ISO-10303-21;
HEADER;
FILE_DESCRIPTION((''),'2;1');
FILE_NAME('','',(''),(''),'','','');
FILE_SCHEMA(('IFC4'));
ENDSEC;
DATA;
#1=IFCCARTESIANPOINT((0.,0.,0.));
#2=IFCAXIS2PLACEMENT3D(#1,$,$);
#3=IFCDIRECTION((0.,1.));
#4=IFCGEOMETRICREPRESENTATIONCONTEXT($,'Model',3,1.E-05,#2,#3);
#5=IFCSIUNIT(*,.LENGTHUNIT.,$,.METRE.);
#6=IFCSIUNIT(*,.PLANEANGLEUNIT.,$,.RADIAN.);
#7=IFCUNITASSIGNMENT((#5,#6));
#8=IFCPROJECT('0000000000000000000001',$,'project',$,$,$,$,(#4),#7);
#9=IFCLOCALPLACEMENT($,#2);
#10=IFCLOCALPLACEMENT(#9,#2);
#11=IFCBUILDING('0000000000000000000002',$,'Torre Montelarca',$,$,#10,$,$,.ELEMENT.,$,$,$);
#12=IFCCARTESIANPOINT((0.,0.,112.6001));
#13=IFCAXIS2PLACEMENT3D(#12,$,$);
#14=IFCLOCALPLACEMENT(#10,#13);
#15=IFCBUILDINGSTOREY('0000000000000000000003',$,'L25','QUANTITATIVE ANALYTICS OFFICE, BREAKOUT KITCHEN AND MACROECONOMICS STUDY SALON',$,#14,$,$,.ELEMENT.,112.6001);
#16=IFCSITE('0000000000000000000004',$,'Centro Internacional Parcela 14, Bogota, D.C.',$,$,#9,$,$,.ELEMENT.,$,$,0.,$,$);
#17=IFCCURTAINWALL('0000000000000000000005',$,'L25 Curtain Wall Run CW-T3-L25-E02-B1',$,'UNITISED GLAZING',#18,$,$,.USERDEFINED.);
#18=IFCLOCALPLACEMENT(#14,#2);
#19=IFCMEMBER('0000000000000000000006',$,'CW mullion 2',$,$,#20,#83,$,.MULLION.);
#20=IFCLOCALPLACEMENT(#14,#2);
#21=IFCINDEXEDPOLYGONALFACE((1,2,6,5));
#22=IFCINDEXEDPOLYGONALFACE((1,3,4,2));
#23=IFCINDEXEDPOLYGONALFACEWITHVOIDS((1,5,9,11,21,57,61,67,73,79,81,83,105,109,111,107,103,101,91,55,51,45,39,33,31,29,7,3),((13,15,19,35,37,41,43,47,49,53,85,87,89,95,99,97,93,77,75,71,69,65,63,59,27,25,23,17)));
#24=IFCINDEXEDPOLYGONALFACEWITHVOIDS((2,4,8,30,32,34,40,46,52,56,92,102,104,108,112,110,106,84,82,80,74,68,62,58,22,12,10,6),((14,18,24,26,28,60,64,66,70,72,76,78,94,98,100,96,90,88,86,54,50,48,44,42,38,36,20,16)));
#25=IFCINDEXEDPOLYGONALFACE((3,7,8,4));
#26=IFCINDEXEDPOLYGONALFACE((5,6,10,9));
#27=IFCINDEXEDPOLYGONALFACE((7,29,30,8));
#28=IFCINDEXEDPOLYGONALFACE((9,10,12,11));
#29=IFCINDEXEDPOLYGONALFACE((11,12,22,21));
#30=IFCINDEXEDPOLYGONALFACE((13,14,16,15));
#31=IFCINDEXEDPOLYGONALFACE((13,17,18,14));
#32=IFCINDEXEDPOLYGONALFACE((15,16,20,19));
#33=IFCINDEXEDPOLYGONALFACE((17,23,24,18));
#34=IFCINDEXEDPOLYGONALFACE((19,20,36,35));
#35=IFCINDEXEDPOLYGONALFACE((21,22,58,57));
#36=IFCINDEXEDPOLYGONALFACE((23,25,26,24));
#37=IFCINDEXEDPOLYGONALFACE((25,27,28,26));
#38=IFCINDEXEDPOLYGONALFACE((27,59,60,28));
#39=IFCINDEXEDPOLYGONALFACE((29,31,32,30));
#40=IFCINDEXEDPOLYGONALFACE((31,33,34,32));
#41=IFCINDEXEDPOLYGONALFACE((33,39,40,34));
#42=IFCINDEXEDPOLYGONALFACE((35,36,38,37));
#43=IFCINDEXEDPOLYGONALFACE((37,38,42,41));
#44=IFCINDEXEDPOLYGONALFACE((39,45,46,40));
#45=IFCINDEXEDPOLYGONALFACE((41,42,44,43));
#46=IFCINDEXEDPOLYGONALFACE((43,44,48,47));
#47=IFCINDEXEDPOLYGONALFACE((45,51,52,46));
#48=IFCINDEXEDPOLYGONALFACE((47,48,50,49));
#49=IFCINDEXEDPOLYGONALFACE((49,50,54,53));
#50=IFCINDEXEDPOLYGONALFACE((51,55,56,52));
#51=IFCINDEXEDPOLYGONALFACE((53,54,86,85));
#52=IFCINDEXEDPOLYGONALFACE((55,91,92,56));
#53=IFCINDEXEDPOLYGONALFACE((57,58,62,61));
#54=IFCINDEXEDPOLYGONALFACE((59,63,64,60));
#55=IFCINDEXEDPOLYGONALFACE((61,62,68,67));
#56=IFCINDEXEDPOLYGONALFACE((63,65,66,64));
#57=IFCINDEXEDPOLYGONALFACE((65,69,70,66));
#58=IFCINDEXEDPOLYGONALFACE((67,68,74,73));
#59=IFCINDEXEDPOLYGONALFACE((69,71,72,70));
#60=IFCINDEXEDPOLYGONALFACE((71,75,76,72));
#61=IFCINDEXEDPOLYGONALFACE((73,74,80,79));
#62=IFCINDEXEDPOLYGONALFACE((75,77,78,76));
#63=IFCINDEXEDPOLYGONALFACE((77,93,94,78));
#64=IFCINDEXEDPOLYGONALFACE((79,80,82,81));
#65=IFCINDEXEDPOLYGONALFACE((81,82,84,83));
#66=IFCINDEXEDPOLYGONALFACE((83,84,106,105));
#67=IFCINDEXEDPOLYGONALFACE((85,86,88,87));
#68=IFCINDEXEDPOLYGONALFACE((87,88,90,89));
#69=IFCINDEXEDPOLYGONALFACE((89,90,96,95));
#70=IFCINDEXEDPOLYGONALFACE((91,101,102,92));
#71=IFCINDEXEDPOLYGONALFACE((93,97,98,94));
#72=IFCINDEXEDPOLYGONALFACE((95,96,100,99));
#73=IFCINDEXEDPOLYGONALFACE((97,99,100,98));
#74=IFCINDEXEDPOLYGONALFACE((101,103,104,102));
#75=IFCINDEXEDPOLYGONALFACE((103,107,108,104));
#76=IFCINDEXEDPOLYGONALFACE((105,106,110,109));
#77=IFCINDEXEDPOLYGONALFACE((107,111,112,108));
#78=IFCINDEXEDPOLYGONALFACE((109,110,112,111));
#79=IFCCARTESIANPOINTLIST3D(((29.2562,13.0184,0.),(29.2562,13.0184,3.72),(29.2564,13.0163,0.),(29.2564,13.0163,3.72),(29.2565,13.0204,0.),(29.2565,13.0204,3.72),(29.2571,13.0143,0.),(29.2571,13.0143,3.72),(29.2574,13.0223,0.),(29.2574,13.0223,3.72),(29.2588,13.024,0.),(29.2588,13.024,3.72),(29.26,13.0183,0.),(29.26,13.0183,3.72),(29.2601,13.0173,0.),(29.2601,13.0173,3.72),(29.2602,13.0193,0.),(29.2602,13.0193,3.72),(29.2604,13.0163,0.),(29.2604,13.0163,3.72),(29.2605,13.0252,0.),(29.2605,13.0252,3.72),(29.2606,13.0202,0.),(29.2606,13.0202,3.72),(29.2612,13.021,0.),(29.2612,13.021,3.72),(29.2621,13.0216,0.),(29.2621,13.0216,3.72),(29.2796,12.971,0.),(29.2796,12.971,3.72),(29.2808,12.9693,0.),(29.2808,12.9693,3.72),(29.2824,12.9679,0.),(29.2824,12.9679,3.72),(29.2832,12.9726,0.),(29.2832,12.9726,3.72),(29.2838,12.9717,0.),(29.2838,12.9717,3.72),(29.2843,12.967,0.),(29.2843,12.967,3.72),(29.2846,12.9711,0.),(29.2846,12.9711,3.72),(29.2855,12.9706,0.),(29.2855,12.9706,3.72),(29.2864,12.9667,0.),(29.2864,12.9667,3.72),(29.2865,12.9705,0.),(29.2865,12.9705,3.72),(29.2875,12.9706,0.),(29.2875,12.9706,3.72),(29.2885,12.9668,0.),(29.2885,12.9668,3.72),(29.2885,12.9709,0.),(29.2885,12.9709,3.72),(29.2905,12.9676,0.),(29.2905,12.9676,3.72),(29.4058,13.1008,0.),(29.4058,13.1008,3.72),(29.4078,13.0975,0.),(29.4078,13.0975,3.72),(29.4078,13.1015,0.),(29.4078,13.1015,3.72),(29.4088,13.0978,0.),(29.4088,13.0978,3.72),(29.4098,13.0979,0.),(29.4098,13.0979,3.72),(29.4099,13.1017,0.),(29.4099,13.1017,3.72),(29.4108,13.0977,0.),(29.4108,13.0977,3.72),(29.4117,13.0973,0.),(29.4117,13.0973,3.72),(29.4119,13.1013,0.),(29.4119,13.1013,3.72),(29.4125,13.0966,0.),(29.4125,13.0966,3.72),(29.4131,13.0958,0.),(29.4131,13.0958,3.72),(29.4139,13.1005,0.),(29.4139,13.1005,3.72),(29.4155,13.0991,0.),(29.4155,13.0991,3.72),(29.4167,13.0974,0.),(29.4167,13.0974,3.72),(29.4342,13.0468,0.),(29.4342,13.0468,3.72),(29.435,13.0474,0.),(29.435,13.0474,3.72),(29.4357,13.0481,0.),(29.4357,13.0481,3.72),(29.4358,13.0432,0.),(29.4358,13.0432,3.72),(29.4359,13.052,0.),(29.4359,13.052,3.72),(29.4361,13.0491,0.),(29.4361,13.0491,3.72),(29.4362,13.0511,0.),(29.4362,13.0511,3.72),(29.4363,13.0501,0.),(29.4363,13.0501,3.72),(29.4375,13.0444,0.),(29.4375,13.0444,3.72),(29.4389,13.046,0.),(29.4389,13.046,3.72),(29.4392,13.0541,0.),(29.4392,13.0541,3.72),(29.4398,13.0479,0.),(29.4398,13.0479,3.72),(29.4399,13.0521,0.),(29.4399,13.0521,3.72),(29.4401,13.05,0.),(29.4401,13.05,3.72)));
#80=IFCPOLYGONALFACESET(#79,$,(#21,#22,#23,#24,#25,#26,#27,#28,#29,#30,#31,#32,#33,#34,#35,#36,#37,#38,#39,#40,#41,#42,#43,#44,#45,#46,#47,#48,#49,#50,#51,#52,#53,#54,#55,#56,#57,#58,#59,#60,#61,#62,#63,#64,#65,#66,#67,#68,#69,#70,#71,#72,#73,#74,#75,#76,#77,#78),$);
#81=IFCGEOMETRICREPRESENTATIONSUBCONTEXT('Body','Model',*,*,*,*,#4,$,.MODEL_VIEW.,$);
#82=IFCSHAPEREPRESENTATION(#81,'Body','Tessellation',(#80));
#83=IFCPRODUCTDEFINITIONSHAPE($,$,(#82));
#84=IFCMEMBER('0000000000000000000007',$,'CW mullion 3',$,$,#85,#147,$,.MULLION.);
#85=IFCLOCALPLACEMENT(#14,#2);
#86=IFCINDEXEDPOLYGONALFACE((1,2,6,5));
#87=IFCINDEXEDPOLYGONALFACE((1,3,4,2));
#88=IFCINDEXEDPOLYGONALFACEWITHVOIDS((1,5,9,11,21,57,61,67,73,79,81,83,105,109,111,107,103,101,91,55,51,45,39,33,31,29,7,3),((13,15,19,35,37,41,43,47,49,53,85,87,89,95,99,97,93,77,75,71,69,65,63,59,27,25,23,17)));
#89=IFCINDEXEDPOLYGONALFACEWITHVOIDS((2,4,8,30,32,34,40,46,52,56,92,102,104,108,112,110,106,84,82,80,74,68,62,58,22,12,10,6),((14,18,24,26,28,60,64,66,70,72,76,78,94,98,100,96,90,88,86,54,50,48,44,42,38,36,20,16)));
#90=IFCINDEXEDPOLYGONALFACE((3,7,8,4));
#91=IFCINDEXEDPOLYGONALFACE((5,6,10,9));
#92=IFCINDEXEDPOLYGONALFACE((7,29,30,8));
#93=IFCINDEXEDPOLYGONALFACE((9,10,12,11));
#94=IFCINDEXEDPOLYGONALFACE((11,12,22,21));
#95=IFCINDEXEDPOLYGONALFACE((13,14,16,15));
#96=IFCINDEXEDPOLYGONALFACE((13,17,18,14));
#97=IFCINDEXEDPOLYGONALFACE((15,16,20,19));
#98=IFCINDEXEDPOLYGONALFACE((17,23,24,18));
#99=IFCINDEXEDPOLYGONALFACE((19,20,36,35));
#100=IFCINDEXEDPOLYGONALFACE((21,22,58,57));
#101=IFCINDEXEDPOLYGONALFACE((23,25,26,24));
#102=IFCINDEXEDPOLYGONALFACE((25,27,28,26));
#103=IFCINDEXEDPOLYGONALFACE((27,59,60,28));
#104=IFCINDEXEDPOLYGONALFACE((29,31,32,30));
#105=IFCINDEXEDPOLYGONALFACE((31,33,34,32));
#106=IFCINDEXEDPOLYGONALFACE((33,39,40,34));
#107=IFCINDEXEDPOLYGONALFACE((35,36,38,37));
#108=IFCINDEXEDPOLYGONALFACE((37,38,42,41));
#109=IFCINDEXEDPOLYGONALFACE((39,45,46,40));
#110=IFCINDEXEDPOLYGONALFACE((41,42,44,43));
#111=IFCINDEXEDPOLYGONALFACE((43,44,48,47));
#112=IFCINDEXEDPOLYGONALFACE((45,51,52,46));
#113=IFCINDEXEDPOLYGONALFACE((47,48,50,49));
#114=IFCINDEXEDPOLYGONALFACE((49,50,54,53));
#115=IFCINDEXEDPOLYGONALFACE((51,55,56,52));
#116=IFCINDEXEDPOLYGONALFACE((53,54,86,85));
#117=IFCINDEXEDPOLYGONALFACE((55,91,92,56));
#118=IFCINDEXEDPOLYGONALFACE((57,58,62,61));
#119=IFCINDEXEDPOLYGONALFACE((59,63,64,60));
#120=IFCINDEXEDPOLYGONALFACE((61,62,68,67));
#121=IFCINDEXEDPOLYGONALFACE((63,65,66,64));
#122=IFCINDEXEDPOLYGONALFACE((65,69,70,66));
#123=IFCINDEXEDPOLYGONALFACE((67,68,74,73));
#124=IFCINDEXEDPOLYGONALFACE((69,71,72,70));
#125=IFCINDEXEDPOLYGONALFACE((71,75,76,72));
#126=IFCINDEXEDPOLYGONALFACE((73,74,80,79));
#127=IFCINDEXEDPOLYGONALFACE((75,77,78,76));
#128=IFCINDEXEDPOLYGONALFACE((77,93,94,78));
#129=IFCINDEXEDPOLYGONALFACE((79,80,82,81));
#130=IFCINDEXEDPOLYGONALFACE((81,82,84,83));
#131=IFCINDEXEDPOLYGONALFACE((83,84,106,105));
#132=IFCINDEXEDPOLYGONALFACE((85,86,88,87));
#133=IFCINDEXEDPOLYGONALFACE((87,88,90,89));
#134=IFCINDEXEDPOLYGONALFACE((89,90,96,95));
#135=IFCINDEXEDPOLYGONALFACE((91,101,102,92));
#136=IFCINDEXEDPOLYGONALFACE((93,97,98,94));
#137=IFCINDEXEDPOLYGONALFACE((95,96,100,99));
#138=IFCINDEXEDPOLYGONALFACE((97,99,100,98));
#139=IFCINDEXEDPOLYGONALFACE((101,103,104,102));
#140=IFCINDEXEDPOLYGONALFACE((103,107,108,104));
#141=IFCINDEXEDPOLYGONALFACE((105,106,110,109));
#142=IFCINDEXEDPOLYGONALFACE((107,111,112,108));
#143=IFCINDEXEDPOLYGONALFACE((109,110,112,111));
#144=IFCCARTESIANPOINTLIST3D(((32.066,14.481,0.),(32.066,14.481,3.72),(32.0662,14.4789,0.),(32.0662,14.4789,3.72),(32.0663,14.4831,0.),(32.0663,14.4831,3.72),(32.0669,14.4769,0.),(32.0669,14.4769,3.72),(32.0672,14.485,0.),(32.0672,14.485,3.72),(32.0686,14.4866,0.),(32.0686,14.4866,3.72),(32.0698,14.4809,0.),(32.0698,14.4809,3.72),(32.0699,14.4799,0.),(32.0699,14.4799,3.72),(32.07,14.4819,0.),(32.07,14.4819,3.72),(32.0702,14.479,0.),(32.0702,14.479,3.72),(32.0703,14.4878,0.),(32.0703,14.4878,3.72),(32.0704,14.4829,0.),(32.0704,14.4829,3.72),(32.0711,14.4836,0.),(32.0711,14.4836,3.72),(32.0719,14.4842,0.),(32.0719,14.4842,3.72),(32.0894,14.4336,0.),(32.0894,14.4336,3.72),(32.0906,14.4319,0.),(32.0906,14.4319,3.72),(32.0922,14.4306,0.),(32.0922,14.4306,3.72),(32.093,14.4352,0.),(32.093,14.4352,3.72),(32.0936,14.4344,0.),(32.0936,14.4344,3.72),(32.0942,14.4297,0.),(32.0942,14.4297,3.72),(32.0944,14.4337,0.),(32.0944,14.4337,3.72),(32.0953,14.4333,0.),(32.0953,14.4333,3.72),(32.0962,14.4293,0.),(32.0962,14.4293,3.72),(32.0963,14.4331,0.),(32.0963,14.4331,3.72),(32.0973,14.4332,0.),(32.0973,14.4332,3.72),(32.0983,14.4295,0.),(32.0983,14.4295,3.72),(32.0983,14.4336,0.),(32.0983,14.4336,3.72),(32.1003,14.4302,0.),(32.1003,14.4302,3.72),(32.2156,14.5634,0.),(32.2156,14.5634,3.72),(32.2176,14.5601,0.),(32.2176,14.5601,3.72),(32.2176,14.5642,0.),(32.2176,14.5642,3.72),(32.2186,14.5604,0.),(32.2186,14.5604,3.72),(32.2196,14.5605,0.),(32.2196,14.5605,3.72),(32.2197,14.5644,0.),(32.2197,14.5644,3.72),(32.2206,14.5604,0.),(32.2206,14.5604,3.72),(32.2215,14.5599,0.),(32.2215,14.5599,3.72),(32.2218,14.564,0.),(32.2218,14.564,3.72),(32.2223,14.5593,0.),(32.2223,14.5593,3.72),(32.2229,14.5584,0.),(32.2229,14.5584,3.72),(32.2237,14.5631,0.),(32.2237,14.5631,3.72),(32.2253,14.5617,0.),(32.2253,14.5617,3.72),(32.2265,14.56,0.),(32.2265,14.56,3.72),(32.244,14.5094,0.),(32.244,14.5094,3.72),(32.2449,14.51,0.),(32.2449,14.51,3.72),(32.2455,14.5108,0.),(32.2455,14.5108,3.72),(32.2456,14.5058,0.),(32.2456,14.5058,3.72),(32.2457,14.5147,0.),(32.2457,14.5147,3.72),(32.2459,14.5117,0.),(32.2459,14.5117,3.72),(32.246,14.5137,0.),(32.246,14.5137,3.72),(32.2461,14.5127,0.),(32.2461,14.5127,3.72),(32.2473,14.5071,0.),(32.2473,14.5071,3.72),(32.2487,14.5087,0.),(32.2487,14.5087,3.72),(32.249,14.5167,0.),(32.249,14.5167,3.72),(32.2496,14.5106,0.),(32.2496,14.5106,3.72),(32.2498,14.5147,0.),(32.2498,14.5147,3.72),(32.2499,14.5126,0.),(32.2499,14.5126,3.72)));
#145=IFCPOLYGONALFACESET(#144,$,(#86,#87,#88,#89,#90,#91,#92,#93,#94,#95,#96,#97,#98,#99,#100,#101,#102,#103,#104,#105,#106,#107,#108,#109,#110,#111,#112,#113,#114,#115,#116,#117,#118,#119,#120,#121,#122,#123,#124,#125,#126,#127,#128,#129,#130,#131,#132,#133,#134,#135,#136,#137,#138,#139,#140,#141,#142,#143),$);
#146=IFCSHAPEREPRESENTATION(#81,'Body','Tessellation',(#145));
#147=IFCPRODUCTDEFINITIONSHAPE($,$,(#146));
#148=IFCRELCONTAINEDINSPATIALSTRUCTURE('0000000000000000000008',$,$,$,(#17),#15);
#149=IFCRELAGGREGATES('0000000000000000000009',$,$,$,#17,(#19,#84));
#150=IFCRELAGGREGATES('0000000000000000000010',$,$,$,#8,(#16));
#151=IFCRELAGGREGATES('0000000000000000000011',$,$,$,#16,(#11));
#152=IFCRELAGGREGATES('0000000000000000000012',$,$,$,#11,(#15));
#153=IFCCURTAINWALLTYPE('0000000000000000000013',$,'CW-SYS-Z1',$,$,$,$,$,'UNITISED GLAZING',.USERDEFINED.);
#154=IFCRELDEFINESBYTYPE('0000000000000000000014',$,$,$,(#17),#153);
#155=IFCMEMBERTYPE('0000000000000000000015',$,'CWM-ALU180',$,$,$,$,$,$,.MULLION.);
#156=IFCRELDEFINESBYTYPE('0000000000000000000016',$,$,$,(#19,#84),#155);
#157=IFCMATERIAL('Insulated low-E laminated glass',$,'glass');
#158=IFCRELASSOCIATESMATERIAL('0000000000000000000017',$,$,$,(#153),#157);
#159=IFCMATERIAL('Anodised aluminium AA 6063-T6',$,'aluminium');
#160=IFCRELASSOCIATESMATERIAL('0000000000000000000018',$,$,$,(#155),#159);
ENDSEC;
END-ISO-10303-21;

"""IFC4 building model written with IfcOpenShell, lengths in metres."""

from ifc_helpers import new_model, si_unit, direction, frame, origin, origin_2d, place, context, subcontext, project, spatial, hollow_rectangle, extrude, source, transform, mapped, material, material_profile, profile_set, type_object, element, aggregate, save


model = new_model("IFC4")

# Units and contexts
model_context = context("Model", 3, precision=1e-05, world=origin(), true_north=direction((0.0, 1.0)))
body_context = subcontext(model_context, "Body", "Model", "MODEL_VIEW")
ifc_project = project(units=[si_unit("LENGTHUNIT", "METRE"), si_unit("PLANEANGLEUNIT", "RADIAN")], contexts=[model_context])

# Site, building, storey
site_placement = place(None, origin())
site = spatial("IfcSite", under=ifc_project, at=site_placement, Name="Centro Internacional Parcela 14, Bogota, D.C.", CompositionType="ELEMENT", RefElevation=0.0)
building_placement = place(site_placement, origin())
building = spatial("IfcBuilding", under=site, at=building_placement, Name="Torre Montelarca", CompositionType="ELEMENT")
storey_placement = place(building_placement, frame((0.0, 0.0, 112.6001)))
storey = spatial("IfcBuildingStorey", under=building, at=storey_placement, Name="L25", Description="QUANTITATIVE ANALYTICS OFFICE, BREAKOUT KITCHEN AND MACROECONOMICS STUDY SALON", CompositionType="ELEMENT", Elevation=112.6001)

# Curtain wall, members
ifc_material_1 = material(Name="Insulated low-E laminated glass", Category="glass")
curtain_wall_type = type_object("IfcCurtainWallType", Name="CW-SYS-Z1", ElementType="UNITISED GLAZING", PredefinedType="USERDEFINED", material=ifc_material_1)
ifc_material_2 = material(Name="Anodised aluminium AA 6063-T6", Category="aluminium")
curtain_wall_1_placement = place(storey_placement, origin())
curtain_wall_1 = element("IfcCurtainWall", 1, at=curtain_wall_1_placement, inside=storey, type_object=curtain_wall_type, Name="L25 Curtain Wall Run CW-T3-L25-E02-B1", ObjectType="UNITISED GLAZING", PredefinedType="USERDEFINED")
ifc_material_profile_1 = material_profile(ifc_material_2, hollow_rectangle(XDim=0.0649, YDim=0.1799, WallThickness=0.0039, InnerFilletRadius=0.0039, OuterFilletRadius=0.0081, at=origin_2d()), Name="ALU65X180X4", Category="aluminium")
ifc_profile_set_1 = profile_set([ifc_material_profile_1], Name="Anodised aluminium AA 6063-T6")
member_type_1 = type_object("IfcMemberType", Name="CWM-ALU180", PredefinedType="MULLION", material=ifc_profile_set_1)
shared_shape_1 = source(origin(), body_context, "Body", "SweptSolid", [
    extrude(hollow_rectangle(XDim=0.0649, YDim=0.1799, WallThickness=0.0039, InnerFilletRadius=0.0039, OuterFilletRadius=0.0081, at=origin_2d()), origin(), (0.0, 0.0, 1.0), 3.72),
])
member_1_placement = place(storey_placement, frame((29.3481, 13.0342, 0.0), z_axis=(0.0, 0.0, 1.0), x_axis=(-0.461741, 0.887015, 0.0)))
member_1 = element("IfcMember", 2, at=member_1_placement, type_object=member_type_1, Name="CW mullion 2", PredefinedType="MULLION", context=body_context, shape_type="MappedRepresentation", body=[
    mapped(shared_shape_1, transform((0.0, 0.0, 0.0), scale=1.0)),
])
member_2_placement = place(storey_placement, frame((32.158, 14.4968, 0.0), z_axis=(0.0, 0.0, 1.0), x_axis=(-0.461741, 0.887015, 0.0)))
member_2 = element("IfcMember", 3, at=member_2_placement, type_object=member_type_1, Name="CW mullion 3", PredefinedType="MULLION", context=body_context, shape_type="MappedRepresentation", body=[
    mapped(shared_shape_1, transform((0.0, 0.0, 0.0), scale=1.0)),
])

aggregate(curtain_wall_1, [member_1, member_2])

save(model, "model.ifc")
